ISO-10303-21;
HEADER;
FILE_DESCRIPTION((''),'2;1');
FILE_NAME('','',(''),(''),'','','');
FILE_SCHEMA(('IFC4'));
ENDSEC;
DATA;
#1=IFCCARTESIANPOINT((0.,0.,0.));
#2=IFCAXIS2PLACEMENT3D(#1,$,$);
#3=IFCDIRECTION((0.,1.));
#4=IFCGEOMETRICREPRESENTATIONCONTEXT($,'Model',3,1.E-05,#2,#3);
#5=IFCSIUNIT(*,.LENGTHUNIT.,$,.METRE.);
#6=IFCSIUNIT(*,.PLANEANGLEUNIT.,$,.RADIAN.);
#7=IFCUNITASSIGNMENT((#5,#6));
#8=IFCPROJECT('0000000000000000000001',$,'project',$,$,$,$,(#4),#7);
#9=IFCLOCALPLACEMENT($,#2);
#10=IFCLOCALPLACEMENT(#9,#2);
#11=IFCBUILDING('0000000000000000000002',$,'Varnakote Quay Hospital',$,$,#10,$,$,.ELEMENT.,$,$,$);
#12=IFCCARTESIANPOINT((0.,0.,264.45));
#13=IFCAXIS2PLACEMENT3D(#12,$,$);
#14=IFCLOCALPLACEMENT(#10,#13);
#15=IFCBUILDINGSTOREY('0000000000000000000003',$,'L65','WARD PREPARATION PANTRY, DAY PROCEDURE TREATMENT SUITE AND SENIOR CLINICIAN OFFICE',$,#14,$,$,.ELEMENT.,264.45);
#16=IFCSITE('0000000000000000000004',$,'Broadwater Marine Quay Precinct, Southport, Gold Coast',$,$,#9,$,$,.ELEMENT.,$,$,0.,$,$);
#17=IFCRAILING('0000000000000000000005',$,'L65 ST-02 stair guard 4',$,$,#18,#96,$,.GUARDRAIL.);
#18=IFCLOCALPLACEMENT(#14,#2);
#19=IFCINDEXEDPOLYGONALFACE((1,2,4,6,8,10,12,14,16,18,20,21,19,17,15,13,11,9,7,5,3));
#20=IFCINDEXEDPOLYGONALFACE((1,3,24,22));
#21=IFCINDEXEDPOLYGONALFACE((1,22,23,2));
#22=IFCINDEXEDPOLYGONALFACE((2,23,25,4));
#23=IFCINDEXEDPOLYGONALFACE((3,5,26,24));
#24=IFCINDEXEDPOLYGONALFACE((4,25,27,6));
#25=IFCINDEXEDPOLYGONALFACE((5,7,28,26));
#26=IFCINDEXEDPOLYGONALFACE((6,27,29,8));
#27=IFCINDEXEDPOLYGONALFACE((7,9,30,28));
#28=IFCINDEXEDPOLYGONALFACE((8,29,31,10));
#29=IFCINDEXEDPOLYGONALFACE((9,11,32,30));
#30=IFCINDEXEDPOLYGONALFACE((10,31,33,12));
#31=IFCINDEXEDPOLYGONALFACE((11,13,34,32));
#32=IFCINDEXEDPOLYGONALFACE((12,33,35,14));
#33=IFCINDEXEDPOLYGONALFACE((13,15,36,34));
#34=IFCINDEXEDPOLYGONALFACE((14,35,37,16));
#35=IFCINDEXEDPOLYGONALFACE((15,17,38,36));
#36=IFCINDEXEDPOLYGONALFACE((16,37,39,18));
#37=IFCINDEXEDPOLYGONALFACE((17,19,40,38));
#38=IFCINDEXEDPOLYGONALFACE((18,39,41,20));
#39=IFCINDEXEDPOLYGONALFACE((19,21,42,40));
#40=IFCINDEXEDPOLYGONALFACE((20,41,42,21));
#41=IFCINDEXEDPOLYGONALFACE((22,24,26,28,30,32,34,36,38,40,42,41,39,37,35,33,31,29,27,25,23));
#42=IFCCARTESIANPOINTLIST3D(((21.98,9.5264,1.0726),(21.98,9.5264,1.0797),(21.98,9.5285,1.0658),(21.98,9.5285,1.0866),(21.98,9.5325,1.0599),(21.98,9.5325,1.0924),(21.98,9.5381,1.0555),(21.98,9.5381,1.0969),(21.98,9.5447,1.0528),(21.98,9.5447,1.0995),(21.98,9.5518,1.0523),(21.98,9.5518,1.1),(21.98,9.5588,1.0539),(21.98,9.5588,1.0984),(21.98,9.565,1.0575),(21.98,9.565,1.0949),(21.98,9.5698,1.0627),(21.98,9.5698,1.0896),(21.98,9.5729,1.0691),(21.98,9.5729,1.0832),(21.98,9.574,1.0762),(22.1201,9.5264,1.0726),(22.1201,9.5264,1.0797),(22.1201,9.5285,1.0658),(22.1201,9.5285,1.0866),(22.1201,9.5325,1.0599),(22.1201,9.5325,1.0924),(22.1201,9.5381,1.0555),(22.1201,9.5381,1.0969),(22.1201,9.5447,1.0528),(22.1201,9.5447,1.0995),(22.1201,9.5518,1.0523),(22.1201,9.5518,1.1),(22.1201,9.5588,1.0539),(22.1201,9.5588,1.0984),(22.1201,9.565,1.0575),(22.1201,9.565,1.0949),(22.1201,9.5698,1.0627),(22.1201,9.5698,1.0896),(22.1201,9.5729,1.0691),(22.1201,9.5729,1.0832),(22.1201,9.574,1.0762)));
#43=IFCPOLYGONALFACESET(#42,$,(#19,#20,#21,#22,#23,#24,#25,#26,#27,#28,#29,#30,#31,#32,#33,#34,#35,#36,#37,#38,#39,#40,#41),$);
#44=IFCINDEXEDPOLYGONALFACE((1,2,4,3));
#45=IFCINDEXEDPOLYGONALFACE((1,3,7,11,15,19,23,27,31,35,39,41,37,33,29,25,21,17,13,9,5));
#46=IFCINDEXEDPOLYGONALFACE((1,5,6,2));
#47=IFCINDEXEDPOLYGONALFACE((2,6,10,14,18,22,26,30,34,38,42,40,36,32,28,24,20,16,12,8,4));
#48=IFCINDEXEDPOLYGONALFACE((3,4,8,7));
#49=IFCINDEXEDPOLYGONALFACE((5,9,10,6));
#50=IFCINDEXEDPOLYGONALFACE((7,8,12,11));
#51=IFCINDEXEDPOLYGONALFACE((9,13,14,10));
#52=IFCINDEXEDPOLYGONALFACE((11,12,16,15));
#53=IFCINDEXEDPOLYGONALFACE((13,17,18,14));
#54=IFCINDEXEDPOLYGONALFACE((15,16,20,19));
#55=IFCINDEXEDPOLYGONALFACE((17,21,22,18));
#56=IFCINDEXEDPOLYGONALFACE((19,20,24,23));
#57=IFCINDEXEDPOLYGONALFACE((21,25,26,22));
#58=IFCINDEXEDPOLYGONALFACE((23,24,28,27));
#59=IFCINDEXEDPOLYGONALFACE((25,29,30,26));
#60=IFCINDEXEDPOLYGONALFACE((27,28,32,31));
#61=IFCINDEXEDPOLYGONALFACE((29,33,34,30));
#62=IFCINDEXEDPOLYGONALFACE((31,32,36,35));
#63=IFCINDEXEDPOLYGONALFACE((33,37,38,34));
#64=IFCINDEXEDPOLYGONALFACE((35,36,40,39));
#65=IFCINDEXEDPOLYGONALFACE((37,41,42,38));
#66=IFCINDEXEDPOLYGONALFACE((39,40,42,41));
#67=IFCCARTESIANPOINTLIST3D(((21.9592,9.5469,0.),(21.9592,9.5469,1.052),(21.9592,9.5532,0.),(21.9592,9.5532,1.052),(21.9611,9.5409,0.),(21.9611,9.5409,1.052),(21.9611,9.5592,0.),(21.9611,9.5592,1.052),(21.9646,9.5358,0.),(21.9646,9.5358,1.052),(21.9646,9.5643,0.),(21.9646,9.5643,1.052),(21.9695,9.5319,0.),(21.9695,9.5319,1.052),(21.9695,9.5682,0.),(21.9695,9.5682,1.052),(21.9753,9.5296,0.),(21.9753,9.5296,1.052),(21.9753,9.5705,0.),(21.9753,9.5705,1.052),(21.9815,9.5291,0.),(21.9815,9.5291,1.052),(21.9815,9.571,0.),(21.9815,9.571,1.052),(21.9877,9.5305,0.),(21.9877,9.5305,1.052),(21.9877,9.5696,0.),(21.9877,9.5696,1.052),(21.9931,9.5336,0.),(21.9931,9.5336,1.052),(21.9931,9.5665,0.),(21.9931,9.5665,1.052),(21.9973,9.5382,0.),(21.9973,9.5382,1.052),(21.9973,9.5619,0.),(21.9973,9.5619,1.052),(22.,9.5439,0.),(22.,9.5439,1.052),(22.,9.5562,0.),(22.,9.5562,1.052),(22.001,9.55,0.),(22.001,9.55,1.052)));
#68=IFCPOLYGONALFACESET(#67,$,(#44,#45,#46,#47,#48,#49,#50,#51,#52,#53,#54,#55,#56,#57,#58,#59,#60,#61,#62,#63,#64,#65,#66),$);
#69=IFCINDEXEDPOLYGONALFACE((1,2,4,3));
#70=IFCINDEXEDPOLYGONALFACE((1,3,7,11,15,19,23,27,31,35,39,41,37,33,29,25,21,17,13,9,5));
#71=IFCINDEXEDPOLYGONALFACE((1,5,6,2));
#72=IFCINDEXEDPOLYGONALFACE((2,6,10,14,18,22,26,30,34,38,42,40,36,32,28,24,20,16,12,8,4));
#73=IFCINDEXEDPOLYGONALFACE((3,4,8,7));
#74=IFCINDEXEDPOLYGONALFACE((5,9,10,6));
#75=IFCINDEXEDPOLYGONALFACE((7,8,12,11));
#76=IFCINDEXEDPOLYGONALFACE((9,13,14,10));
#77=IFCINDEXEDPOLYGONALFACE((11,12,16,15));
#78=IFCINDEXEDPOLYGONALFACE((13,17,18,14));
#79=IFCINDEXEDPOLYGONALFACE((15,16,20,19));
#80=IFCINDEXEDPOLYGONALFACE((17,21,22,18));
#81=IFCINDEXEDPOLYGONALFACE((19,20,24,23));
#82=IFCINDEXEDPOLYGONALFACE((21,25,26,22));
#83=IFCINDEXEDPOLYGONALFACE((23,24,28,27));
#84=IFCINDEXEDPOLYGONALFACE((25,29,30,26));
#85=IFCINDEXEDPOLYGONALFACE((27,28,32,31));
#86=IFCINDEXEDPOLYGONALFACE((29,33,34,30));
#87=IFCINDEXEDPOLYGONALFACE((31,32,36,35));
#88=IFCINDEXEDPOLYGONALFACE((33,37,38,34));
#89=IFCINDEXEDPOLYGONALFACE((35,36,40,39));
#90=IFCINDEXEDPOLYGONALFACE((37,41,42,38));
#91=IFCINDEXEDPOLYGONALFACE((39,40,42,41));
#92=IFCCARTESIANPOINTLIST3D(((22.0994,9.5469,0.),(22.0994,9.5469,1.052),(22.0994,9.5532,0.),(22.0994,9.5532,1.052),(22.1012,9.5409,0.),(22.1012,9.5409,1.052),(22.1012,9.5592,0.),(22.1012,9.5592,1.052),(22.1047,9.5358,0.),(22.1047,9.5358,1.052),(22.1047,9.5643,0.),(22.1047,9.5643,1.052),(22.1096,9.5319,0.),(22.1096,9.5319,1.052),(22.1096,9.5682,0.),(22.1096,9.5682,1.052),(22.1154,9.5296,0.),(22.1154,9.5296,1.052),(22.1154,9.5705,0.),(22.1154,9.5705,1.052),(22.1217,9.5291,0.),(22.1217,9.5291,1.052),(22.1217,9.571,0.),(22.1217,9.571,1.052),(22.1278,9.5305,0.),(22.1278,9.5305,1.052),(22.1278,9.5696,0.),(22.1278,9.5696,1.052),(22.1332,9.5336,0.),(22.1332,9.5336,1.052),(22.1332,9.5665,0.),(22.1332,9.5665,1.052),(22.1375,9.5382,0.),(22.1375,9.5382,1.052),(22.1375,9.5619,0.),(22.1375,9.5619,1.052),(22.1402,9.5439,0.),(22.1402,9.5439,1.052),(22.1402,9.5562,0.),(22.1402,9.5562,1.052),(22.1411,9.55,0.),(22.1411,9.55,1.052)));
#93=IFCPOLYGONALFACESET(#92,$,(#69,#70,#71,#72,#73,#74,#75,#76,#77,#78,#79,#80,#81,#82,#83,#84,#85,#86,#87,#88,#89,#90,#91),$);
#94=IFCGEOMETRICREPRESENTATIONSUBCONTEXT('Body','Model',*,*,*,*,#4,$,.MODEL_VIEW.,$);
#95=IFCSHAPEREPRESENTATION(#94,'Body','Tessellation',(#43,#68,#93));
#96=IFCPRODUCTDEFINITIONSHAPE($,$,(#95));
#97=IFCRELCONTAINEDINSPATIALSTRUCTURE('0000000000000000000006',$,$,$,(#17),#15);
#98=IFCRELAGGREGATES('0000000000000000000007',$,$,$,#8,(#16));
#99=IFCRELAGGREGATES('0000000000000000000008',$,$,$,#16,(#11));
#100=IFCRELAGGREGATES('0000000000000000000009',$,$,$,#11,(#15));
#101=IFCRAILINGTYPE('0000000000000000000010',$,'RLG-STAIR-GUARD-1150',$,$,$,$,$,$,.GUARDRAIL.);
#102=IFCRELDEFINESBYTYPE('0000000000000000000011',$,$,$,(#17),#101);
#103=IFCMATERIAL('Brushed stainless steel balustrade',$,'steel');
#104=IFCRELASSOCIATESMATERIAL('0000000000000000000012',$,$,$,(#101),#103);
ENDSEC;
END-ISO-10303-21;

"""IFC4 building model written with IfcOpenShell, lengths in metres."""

from ifc_helpers import new_model, si_unit, direction, frame, origin, origin_2d, place, context, subcontext, project, spatial, circle, extrude, material, type_object, element, save


model = new_model("IFC4")

# Units and contexts
model_context = context("Model", 3, precision=1e-05, world=origin(), true_north=direction((0.0, 1.0)))
body_context = subcontext(model_context, "Body", "Model", "MODEL_VIEW")
ifc_project = project(units=[si_unit("LENGTHUNIT", "METRE"), si_unit("PLANEANGLEUNIT", "RADIAN")], contexts=[model_context])

# Site, building, storey
site_placement = place(None, origin())
site = spatial("IfcSite", under=ifc_project, at=site_placement, Name="Broadwater Marine Quay Precinct, Southport, Gold Coast", CompositionType="ELEMENT", RefElevation=0.0)
building_placement = place(site_placement, origin())
building = spatial("IfcBuilding", under=site, at=building_placement, Name="Varnakote Quay Hospital", CompositionType="ELEMENT")
storey_placement = place(building_placement, frame((0.0, 0.0, 264.45)))
storey = spatial("IfcBuildingStorey", under=building, at=storey_placement, Name="L65", Description="WARD PREPARATION PANTRY, DAY PROCEDURE TREATMENT SUITE AND SENIOR CLINICIAN OFFICE", CompositionType="ELEMENT", Elevation=264.45)

# Railing
ifc_material_1 = material(Name="Brushed stainless steel balustrade", Category="steel")
railing_type_1 = type_object("IfcRailingType", Name="RLG-STAIR-GUARD-1150", PredefinedType="GUARDRAIL", material=ifc_material_1)
railing_1_placement = place(storey_placement, frame((21.98, 9.55, 0.0)))
element("IfcRailing", 1, at=railing_1_placement, inside=storey, type_object=railing_type_1, Name="L65 ST-02 stair guard 4", PredefinedType="GUARDRAIL", context=body_context, shape_type="SweptSolid", body=[
    extrude(circle(Radius=0.0239, at=origin_2d()), frame((0.0, 0.0, 1.0762), z_axis=(1.0, 0.0, 0.0), x_axis=(0.0, 1.0, 0.0)), (0.0, 0.0, 1.0), 0.1401),
    extrude(circle(Radius=0.021, at=origin_2d()), origin(), (0.0, 0.0, 1.0), 1.052),
    extrude(circle(Radius=0.021, at=origin_2d()), frame((0.1401, 0.0, 0.0)), (0.0, 0.0, 1.0), 1.052),
])

save(model, "model.ifc")
